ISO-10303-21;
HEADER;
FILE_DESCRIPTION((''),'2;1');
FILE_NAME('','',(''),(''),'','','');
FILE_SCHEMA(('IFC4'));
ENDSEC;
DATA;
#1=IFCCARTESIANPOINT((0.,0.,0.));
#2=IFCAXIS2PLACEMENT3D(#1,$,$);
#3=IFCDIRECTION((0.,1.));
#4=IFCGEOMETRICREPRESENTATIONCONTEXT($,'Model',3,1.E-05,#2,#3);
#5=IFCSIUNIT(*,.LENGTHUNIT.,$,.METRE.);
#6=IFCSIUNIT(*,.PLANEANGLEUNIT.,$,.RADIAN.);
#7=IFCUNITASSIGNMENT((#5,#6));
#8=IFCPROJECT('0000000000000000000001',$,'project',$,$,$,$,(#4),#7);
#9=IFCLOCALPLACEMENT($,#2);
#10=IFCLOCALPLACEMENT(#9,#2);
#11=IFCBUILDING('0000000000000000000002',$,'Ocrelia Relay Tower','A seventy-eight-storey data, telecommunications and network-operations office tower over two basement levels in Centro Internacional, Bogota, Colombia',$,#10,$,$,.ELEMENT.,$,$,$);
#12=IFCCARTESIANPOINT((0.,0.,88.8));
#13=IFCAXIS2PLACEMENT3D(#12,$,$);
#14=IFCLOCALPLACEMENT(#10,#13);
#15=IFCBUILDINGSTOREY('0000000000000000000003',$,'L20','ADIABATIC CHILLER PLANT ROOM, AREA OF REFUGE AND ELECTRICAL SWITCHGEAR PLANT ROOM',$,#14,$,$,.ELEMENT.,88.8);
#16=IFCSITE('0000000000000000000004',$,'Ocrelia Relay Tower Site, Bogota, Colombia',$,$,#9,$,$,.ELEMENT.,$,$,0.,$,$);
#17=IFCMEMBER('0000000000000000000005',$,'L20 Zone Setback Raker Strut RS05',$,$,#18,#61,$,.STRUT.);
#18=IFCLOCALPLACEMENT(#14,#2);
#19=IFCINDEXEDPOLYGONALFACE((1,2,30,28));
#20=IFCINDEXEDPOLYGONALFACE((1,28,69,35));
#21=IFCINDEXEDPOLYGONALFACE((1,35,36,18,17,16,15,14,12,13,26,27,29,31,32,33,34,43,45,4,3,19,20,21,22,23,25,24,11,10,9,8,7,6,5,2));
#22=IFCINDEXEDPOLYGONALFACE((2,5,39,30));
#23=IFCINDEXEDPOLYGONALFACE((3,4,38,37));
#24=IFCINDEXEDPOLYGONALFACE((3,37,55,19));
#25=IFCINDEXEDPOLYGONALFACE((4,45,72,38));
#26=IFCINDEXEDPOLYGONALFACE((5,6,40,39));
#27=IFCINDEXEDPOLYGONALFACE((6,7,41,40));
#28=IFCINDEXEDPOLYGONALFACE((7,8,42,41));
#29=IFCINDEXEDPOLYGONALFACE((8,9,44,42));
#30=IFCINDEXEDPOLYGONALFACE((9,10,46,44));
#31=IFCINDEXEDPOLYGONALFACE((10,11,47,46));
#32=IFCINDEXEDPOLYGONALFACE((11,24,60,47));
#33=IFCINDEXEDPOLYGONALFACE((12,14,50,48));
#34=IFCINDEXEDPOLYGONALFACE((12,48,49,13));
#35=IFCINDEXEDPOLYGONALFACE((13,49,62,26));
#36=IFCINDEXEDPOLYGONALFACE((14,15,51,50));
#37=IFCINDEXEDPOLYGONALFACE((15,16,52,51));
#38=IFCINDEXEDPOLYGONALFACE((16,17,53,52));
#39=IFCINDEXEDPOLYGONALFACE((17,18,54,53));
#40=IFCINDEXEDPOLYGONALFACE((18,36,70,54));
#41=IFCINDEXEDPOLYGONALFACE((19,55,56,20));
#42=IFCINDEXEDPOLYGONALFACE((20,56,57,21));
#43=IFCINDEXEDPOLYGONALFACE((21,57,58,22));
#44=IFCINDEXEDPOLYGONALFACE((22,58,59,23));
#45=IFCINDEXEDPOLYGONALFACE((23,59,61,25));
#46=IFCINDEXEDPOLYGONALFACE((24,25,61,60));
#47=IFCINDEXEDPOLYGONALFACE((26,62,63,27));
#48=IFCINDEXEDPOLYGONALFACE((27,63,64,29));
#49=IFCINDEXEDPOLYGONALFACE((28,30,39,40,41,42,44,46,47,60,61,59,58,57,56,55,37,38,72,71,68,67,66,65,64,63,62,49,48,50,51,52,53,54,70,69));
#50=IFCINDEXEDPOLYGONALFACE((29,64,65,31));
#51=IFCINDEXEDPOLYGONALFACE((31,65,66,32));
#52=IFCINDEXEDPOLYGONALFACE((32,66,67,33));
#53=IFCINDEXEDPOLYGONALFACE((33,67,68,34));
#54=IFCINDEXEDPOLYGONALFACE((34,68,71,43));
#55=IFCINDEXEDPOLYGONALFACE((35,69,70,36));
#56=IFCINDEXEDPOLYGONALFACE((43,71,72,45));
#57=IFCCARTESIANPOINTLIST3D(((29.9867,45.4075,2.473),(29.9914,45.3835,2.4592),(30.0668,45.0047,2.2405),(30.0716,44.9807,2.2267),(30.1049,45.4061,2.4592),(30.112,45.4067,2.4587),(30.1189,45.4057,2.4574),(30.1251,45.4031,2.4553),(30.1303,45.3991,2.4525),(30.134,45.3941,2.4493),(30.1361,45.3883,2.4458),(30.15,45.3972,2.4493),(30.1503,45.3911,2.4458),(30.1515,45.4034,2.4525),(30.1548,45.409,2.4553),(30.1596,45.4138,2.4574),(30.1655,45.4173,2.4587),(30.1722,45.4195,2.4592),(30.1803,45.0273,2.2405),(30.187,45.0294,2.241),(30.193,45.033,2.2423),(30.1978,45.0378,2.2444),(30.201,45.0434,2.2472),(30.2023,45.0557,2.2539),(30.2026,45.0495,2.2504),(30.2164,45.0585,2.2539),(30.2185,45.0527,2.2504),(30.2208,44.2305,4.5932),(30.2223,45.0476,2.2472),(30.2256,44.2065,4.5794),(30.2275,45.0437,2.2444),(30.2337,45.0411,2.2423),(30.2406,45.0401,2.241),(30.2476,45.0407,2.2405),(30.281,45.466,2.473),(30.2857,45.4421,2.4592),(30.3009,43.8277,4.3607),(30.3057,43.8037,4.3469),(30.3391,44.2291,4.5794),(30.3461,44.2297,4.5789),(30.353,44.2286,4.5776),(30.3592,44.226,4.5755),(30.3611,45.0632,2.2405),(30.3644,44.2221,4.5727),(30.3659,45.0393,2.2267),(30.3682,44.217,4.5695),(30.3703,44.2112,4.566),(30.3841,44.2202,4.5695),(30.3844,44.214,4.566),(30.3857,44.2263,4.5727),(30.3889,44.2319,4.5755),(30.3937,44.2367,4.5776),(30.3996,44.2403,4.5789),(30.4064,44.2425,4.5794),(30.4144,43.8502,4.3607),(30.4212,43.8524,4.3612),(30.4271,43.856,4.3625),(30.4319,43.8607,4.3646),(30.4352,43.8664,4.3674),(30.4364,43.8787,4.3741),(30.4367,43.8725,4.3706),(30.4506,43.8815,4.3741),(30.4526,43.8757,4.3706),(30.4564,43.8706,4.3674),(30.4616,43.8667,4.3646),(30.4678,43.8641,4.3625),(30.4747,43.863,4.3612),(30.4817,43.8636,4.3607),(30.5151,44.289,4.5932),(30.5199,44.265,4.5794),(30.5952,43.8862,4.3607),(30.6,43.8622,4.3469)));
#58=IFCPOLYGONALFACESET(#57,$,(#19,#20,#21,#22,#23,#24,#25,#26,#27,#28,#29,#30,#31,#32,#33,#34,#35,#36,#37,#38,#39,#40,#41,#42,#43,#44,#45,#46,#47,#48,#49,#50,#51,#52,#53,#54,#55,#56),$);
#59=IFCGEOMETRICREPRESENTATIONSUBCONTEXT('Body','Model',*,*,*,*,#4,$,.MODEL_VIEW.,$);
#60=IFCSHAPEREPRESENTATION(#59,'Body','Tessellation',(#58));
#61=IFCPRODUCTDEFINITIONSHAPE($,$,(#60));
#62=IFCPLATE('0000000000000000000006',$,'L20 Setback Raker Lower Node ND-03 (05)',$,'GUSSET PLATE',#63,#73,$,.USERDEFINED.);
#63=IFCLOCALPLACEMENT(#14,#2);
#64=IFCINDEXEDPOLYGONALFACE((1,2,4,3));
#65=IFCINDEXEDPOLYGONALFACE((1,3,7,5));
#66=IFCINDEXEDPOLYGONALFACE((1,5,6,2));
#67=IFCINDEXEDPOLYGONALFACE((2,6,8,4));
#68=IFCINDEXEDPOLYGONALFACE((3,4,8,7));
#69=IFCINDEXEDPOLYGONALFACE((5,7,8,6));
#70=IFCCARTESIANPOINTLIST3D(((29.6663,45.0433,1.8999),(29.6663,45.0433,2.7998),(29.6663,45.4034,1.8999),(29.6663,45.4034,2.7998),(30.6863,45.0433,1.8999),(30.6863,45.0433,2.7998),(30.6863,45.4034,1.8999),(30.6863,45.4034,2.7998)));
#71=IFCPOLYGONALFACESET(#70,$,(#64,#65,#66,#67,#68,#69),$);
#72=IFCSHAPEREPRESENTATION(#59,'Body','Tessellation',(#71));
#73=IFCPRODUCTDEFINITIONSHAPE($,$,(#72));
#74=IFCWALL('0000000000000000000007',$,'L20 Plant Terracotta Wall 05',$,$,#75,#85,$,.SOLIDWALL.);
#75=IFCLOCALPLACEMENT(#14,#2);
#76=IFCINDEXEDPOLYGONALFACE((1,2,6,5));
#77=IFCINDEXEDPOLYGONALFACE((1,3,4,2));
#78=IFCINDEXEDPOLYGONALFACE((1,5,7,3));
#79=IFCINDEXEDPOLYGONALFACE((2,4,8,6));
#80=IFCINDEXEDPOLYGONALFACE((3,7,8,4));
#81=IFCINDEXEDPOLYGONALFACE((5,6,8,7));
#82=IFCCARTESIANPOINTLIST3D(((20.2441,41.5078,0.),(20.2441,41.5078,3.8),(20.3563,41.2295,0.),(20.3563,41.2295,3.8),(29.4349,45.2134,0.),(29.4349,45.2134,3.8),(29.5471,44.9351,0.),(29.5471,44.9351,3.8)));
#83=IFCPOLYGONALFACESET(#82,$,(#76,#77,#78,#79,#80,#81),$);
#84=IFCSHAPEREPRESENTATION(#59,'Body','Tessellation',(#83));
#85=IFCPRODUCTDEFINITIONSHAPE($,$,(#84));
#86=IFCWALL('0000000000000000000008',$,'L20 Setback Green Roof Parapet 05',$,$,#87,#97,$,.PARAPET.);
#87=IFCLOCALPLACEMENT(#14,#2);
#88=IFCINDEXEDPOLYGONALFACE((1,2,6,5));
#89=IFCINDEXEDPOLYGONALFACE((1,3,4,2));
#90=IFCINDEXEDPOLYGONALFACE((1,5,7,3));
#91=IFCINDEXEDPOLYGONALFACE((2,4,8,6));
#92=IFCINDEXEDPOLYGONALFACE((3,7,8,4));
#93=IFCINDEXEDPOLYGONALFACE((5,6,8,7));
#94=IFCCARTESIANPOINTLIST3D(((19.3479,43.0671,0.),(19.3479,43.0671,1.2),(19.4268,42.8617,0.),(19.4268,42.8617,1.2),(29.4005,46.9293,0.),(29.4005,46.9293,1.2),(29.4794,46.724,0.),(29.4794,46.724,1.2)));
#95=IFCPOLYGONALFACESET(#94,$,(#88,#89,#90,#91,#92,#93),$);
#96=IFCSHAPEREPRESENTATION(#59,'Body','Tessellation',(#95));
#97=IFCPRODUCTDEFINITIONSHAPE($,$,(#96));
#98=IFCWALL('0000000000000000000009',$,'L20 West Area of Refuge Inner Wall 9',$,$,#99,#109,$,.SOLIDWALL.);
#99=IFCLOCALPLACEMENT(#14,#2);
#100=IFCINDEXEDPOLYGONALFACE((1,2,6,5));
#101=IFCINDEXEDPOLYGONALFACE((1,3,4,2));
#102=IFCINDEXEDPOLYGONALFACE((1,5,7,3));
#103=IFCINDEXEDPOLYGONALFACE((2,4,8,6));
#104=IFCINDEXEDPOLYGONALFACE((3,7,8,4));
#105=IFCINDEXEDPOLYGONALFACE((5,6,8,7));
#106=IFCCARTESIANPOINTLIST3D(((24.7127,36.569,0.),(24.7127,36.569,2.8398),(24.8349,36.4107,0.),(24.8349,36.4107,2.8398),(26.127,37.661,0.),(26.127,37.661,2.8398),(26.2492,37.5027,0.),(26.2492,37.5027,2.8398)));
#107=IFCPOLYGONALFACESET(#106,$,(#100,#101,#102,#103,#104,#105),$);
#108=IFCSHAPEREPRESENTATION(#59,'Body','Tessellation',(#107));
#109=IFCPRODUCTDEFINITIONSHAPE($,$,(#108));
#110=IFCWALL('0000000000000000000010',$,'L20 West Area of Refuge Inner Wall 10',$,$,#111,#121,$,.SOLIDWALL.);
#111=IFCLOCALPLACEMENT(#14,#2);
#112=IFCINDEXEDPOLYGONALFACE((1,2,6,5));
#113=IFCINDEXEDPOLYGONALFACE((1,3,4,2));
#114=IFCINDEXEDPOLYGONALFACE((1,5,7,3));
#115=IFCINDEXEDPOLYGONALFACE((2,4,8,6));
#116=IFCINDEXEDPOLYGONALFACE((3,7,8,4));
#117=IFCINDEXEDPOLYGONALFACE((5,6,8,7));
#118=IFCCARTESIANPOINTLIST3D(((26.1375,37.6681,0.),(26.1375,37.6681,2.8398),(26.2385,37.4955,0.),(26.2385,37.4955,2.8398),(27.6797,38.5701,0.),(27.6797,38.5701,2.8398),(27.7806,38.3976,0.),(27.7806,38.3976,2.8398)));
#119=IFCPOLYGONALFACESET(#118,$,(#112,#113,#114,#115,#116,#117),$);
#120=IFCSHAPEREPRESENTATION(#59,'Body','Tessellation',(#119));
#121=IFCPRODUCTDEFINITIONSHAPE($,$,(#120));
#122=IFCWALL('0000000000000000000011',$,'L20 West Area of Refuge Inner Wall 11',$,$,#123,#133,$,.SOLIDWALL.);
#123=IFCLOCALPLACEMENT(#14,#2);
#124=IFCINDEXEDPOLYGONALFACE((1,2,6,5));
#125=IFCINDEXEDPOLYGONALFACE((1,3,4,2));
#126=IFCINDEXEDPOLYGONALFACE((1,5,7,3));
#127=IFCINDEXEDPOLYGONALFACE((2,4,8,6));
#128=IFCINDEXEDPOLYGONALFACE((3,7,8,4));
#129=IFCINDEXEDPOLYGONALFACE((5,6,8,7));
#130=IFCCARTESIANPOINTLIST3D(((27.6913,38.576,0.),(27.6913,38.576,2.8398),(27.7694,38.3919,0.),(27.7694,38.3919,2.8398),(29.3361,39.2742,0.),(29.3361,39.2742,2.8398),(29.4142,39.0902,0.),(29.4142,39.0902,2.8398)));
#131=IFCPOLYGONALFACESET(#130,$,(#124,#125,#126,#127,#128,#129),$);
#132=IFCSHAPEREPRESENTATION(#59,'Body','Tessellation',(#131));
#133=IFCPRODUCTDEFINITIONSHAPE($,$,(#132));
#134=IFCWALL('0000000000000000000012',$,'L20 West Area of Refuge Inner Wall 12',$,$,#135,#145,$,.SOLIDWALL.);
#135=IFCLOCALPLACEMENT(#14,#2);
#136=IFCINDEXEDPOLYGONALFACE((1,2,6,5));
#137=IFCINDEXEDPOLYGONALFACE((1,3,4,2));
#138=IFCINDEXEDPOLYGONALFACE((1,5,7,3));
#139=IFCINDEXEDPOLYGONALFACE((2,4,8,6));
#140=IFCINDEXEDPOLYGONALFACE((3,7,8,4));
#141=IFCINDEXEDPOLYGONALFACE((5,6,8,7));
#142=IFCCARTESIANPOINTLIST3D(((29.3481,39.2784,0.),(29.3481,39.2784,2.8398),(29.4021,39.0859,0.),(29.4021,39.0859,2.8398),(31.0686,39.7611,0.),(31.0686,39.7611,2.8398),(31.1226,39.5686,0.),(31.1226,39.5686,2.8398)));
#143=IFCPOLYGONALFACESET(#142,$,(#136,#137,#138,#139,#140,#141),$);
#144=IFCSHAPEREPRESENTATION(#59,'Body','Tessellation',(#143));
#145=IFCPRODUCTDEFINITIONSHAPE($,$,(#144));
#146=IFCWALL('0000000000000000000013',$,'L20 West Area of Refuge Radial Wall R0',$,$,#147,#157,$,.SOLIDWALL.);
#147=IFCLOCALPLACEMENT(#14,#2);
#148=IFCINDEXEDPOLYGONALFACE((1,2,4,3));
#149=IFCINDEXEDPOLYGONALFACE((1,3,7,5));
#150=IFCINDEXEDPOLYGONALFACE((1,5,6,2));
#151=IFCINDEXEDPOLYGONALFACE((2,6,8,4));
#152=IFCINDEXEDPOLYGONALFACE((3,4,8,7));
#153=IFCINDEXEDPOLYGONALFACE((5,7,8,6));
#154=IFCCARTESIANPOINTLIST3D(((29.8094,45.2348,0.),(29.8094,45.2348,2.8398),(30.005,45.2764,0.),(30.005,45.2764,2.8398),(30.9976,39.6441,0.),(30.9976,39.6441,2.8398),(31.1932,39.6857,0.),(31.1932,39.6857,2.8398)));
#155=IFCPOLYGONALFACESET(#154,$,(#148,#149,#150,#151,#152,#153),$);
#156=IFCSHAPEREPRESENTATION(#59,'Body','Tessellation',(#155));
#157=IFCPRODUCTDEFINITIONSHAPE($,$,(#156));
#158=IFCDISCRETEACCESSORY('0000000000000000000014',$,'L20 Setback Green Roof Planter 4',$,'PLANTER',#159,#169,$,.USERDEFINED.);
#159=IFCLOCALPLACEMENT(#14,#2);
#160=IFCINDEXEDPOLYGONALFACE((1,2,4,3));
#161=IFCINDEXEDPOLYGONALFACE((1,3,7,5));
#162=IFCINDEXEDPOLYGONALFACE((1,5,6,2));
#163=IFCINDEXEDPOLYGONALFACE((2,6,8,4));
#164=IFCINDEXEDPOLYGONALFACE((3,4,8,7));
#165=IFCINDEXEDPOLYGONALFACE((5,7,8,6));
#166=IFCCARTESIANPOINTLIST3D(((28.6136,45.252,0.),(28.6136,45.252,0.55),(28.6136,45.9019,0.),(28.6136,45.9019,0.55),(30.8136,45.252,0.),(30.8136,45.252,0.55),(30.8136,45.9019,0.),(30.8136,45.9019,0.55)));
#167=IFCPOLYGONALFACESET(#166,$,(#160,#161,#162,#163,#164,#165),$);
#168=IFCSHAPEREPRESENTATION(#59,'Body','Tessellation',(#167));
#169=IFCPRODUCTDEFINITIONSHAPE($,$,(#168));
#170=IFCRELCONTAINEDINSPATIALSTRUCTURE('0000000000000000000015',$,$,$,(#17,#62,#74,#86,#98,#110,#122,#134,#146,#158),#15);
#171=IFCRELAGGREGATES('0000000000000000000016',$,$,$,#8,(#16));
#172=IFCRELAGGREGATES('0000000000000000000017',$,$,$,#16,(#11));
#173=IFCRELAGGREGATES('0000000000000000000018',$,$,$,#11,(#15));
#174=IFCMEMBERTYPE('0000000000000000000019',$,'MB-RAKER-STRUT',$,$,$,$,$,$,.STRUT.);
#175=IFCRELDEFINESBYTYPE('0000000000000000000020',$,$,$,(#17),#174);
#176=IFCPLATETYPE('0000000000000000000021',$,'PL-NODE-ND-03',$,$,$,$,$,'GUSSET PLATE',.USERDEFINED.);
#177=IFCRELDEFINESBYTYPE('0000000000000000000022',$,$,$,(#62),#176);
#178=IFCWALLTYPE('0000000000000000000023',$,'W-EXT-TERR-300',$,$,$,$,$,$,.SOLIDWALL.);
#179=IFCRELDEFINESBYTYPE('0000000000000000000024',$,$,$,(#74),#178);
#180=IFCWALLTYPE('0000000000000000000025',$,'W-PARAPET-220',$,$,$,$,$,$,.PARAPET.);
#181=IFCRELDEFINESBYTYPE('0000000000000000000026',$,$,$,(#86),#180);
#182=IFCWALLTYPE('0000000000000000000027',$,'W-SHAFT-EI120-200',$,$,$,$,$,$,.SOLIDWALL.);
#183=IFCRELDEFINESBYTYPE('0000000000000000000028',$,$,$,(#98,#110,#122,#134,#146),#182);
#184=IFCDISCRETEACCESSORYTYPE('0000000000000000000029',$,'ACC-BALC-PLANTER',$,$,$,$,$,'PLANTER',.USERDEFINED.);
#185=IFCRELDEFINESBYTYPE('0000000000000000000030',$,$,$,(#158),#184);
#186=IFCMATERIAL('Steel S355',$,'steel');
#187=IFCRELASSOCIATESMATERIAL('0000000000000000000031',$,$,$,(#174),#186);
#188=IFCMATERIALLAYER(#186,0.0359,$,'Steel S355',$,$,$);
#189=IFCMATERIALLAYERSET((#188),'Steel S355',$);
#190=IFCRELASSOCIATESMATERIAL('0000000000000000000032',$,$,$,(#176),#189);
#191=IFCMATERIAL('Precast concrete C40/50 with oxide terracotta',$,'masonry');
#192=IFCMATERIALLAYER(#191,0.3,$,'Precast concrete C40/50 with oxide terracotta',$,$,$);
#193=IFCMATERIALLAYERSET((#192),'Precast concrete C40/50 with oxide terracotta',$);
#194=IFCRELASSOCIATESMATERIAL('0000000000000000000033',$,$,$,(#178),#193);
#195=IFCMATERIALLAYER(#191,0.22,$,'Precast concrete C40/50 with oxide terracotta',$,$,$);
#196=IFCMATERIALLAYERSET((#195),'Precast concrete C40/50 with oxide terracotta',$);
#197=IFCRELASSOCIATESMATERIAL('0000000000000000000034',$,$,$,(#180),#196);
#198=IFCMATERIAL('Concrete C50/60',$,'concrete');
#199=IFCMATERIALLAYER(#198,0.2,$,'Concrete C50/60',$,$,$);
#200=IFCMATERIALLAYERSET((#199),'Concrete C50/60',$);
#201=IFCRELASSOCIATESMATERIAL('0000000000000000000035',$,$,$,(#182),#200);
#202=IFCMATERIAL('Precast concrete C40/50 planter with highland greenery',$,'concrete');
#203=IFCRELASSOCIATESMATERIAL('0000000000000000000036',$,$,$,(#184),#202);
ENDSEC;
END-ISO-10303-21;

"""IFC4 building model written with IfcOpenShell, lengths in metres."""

from ifc_helpers import new_model, si_unit, direction, frame, frame_2d, origin, origin_2d, place, context, subcontext, project, spatial, rectangle, i_section, extrude, material, layer, layer_set, material_profile, profile_set, type_object, element, save


model = new_model("IFC4")

# Units and contexts
model_context = context("Model", 3, precision=1e-05, world=origin(), true_north=direction((0.0, 1.0)))
body_context = subcontext(model_context, "Body", "Model", "MODEL_VIEW")
ifc_project = project(units=[si_unit("LENGTHUNIT", "METRE"), si_unit("PLANEANGLEUNIT", "RADIAN")], contexts=[model_context])

# Site, building, storey
site_placement = place(None, origin())
site = spatial("IfcSite", under=ifc_project, at=site_placement, Name="Ocrelia Relay Tower Site, Bogota, Colombia", CompositionType="ELEMENT", RefElevation=0.0)
building_placement = place(site_placement, origin())
building = spatial("IfcBuilding", under=site, at=building_placement, Name="Ocrelia Relay Tower", Description="A seventy-eight-storey data, telecommunications and network-operations office tower over two basement levels in Centro Internacional, Bogota, Colombia", CompositionType="ELEMENT")
storey_placement = place(building_placement, frame((0.0, 0.0, 88.8)))
storey = spatial("IfcBuildingStorey", under=building, at=storey_placement, Name="L20", Description="ADIABATIC CHILLER PLANT ROOM, AREA OF REFUGE AND ELECTRICAL SWITCHGEAR PLANT ROOM", CompositionType="ELEMENT", Elevation=88.8)

# Shared definitions
ifc_material_1 = material(Name="Steel S355", Category="steel")

# Member
ifc_material_profile_1 = material_profile(ifc_material_1, i_section(OverallWidth=0.3, OverallDepth=0.5, WebThickness=0.0144, FlangeThickness=0.0281, FilletRadius=0.0271, at=origin_2d()), Name="HEB 500")
ifc_profile_set_1 = profile_set([ifc_material_profile_1], Name="Steel S355")
member_type = type_object("IfcMemberType", Name="MB-RAKER-STRUT", PredefinedType="STRUT", material=ifc_profile_set_1)
member_placement = place(storey_placement, frame((30.1763, 45.2234, 2.3499), z_axis=(0.096105, -0.483131, 0.870257), x_axis=(0.980784, 0.195099, 0.0)))
element("IfcMember", 1, at=member_placement, inside=storey, type_object=member_type, Name="L20 Zone Setback Raker Strut RS05", PredefinedType="STRUT", context=body_context, shape_type="SweptSolid", body=[
    extrude(i_section(OverallWidth=0.3, OverallDepth=0.5, WebThickness=0.0144, FlangeThickness=0.0281, FilletRadius=0.0271, at=origin_2d()), origin(), (0.0, 0.0, 1.0), 2.4363),
])

# Plate
ifc_layer_1 = layer(ifc_material_1, 0.0359, Name="Steel S355")
ifc_layer_set_1 = layer_set([ifc_layer_1], Name="Steel S355")
plate_type = type_object("IfcPlateType", Name="PL-NODE-ND-03", ElementType="GUSSET PLATE", PredefinedType="USERDEFINED", material=ifc_layer_set_1)
plate_placement = place(storey_placement, frame((30.1763, 45.2234, 1.8999), z_axis=(0.0, 0.0, 1.0), x_axis=(1.0, 0.0, 0.0)))
element("IfcPlate", 2, at=plate_placement, inside=storey, type_object=plate_type, Name="L20 Setback Raker Lower Node ND-03 (05)", ObjectType="GUSSET PLATE", PredefinedType="USERDEFINED", context=body_context, shape_type="SweptSolid", body=[
    extrude(rectangle(XDim=1.02, YDim=0.3601, at=origin_2d()), origin(), (0.0, 0.0, 1.0), 0.8999),
])

# Walls
ifc_material_2 = material(Name="Precast concrete C40/50 with oxide terracotta", Category="masonry")
ifc_layer_2 = layer(ifc_material_2, 0.3, Name="Precast concrete C40/50 with oxide terracotta")
ifc_layer_set_2 = layer_set([ifc_layer_2], Name="Precast concrete C40/50 with oxide terracotta")
wall_type_1 = type_object("IfcWallType", Name="W-EXT-TERR-300", PredefinedType="SOLIDWALL", material=ifc_layer_set_2)
wall_1_placement = place(storey_placement, frame((29.491, 45.0742, 0.0), z_axis=(0.0, 0.0, 1.0), x_axis=(-0.927454, -0.373938, 0.0)))
element("IfcWall", 3, at=wall_1_placement, inside=storey, type_object=wall_type_1, Name="L20 Plant Terracotta Wall 05", PredefinedType="SOLIDWALL", context=body_context, shape_type="SweptSolid", body=[
    extrude(rectangle(XDim=9.9097, YDim=0.3, at=frame_2d((4.9548, 0.0))), origin(), (0.0, 0.0, 1.0), 3.8),
])
ifc_layer_3 = layer(ifc_material_2, 0.22, Name="Precast concrete C40/50 with oxide terracotta")
ifc_layer_set_3 = layer_set([ifc_layer_3], Name="Precast concrete C40/50 with oxide terracotta")
wall_type_2 = type_object("IfcWallType", Name="W-PARAPET-220", PredefinedType="PARAPET", material=ifc_layer_set_3)
wall_2_placement = place(storey_placement, frame((29.4399, 46.8267, 0.0), z_axis=(0.0, 0.0, 1.0), x_axis=(-0.933474, -0.358645, 0.0)))
element("IfcWall", 4, at=wall_2_placement, inside=storey, type_object=wall_type_2, Name="L20 Setback Green Roof Parapet 05", PredefinedType="PARAPET", context=body_context, shape_type="SweptSolid", body=[
    extrude(rectangle(XDim=10.769, YDim=0.22, at=frame_2d((5.3845, 0.0))), origin(), (0.0, 0.0, 1.0), 1.2),
])
ifc_material_3 = material(Name="Concrete C50/60", Category="concrete")
ifc_layer_4 = layer(ifc_material_3, 0.2, Name="Concrete C50/60")
ifc_layer_set_4 = layer_set([ifc_layer_4], Name="Concrete C50/60")
wall_type_3 = type_object("IfcWallType", Name="W-SHAFT-EI120-200", PredefinedType="SOLIDWALL", material=ifc_layer_set_4)
wall_3_placement = place(storey_placement, frame((24.7737, 36.4897, 0.0), z_axis=(0.0, 0.0, 1.0), x_axis=(0.79151, 0.611156, 0.0)))
element("IfcWall", 5, at=wall_3_placement, inside=storey, type_object=wall_type_3, Name="L20 West Area of Refuge Inner Wall 9", PredefinedType="SOLIDWALL", context=body_context, shape_type="SweptSolid", body=[
    extrude(rectangle(XDim=1.7869, YDim=0.2, at=frame_2d((0.8936, 0.0))), origin(), (0.0, 0.0, 1.0), 2.8398),
])
wall_4_placement = place(storey_placement, frame((26.188, 37.5818, 0.0), z_axis=(0.0, 0.0, 1.0), x_axis=(0.863179, 0.504899, 0.0)))
element("IfcWall", 6, at=wall_4_placement, inside=storey, type_object=wall_type_3, Name="L20 West Area of Refuge Inner Wall 10", PredefinedType="SOLIDWALL", context=body_context, shape_type="SweptSolid", body=[
    extrude(rectangle(XDim=1.7866, YDim=0.2, at=frame_2d((0.8933, 0.0))), origin(), (0.0, 0.0, 1.0), 2.8398),
])
for number, where, z_axis, x_axis, name in (
    (7, (27.7302, 38.4839, 0.0), (0.0, 0.0, 1.0), (0.920489, 0.390767, 0.0), "L20 West Area of Refuge Inner Wall 11"),
    (8, (29.375, 39.1821, 0.0), (0.0, 0.0, 1.0), (0.962828, 0.270116, 0.0), "L20 West Area of Refuge Inner Wall 12"),
):
    element("IfcWall", number, at=place(storey_placement, frame(where, z_axis=z_axis, x_axis=x_axis)), inside=storey, type_object=wall_type_3, Name=name, PredefinedType="SOLIDWALL", context=body_context, shape_type="SweptSolid", body=[
        extrude(rectangle(XDim=1.7869, YDim=0.2, at=frame_2d((0.8936, 0.0))), origin(), (0.0, 0.0, 1.0), 2.8398),
    ])
wall_5_placement = place(storey_placement, frame((31.0955, 39.6648, 0.0), z_axis=(0.0, 0.0, 1.0), x_axis=(-0.207898, 0.97815, 0.0)))
element("IfcWall", 9, at=wall_5_placement, inside=storey, type_object=wall_type_3, Name="L20 West Area of Refuge Radial Wall R0", PredefinedType="SOLIDWALL", context=body_context, shape_type="SweptSolid", body=[
    extrude(rectangle(XDim=5.7156, YDim=0.2, at=frame_2d((2.8579, 0.0))), origin(), (0.0, 0.0, 1.0), 2.8398),
])

# Discrete accessory
ifc_material_4 = material(Name="Precast concrete C40/50 planter with highland greenery", Category="concrete")
discrete_accessory_type = type_object("IfcDiscreteAccessoryType", Name="ACC-BALC-PLANTER", ElementType="PLANTER", PredefinedType="USERDEFINED", material=ifc_material_4)
discrete_accessory_placement = place(storey_placement, frame((29.7136, 45.5769, 0.0), z_axis=(0.0, 0.0, 1.0), x_axis=(1.0, 0.0, 0.0)))
element("IfcDiscreteAccessory", 10, at=discrete_accessory_placement, inside=storey, type_object=discrete_accessory_type, Name="L20 Setback Green Roof Planter 4", ObjectType="PLANTER", PredefinedType="USERDEFINED", context=body_context, shape_type="SweptSolid", body=[
    extrude(rectangle(XDim=2.2, YDim=0.6499, at=origin_2d()), origin(), (0.0, 0.0, 1.0), 0.55),
])

save(model, "model.ifc")
